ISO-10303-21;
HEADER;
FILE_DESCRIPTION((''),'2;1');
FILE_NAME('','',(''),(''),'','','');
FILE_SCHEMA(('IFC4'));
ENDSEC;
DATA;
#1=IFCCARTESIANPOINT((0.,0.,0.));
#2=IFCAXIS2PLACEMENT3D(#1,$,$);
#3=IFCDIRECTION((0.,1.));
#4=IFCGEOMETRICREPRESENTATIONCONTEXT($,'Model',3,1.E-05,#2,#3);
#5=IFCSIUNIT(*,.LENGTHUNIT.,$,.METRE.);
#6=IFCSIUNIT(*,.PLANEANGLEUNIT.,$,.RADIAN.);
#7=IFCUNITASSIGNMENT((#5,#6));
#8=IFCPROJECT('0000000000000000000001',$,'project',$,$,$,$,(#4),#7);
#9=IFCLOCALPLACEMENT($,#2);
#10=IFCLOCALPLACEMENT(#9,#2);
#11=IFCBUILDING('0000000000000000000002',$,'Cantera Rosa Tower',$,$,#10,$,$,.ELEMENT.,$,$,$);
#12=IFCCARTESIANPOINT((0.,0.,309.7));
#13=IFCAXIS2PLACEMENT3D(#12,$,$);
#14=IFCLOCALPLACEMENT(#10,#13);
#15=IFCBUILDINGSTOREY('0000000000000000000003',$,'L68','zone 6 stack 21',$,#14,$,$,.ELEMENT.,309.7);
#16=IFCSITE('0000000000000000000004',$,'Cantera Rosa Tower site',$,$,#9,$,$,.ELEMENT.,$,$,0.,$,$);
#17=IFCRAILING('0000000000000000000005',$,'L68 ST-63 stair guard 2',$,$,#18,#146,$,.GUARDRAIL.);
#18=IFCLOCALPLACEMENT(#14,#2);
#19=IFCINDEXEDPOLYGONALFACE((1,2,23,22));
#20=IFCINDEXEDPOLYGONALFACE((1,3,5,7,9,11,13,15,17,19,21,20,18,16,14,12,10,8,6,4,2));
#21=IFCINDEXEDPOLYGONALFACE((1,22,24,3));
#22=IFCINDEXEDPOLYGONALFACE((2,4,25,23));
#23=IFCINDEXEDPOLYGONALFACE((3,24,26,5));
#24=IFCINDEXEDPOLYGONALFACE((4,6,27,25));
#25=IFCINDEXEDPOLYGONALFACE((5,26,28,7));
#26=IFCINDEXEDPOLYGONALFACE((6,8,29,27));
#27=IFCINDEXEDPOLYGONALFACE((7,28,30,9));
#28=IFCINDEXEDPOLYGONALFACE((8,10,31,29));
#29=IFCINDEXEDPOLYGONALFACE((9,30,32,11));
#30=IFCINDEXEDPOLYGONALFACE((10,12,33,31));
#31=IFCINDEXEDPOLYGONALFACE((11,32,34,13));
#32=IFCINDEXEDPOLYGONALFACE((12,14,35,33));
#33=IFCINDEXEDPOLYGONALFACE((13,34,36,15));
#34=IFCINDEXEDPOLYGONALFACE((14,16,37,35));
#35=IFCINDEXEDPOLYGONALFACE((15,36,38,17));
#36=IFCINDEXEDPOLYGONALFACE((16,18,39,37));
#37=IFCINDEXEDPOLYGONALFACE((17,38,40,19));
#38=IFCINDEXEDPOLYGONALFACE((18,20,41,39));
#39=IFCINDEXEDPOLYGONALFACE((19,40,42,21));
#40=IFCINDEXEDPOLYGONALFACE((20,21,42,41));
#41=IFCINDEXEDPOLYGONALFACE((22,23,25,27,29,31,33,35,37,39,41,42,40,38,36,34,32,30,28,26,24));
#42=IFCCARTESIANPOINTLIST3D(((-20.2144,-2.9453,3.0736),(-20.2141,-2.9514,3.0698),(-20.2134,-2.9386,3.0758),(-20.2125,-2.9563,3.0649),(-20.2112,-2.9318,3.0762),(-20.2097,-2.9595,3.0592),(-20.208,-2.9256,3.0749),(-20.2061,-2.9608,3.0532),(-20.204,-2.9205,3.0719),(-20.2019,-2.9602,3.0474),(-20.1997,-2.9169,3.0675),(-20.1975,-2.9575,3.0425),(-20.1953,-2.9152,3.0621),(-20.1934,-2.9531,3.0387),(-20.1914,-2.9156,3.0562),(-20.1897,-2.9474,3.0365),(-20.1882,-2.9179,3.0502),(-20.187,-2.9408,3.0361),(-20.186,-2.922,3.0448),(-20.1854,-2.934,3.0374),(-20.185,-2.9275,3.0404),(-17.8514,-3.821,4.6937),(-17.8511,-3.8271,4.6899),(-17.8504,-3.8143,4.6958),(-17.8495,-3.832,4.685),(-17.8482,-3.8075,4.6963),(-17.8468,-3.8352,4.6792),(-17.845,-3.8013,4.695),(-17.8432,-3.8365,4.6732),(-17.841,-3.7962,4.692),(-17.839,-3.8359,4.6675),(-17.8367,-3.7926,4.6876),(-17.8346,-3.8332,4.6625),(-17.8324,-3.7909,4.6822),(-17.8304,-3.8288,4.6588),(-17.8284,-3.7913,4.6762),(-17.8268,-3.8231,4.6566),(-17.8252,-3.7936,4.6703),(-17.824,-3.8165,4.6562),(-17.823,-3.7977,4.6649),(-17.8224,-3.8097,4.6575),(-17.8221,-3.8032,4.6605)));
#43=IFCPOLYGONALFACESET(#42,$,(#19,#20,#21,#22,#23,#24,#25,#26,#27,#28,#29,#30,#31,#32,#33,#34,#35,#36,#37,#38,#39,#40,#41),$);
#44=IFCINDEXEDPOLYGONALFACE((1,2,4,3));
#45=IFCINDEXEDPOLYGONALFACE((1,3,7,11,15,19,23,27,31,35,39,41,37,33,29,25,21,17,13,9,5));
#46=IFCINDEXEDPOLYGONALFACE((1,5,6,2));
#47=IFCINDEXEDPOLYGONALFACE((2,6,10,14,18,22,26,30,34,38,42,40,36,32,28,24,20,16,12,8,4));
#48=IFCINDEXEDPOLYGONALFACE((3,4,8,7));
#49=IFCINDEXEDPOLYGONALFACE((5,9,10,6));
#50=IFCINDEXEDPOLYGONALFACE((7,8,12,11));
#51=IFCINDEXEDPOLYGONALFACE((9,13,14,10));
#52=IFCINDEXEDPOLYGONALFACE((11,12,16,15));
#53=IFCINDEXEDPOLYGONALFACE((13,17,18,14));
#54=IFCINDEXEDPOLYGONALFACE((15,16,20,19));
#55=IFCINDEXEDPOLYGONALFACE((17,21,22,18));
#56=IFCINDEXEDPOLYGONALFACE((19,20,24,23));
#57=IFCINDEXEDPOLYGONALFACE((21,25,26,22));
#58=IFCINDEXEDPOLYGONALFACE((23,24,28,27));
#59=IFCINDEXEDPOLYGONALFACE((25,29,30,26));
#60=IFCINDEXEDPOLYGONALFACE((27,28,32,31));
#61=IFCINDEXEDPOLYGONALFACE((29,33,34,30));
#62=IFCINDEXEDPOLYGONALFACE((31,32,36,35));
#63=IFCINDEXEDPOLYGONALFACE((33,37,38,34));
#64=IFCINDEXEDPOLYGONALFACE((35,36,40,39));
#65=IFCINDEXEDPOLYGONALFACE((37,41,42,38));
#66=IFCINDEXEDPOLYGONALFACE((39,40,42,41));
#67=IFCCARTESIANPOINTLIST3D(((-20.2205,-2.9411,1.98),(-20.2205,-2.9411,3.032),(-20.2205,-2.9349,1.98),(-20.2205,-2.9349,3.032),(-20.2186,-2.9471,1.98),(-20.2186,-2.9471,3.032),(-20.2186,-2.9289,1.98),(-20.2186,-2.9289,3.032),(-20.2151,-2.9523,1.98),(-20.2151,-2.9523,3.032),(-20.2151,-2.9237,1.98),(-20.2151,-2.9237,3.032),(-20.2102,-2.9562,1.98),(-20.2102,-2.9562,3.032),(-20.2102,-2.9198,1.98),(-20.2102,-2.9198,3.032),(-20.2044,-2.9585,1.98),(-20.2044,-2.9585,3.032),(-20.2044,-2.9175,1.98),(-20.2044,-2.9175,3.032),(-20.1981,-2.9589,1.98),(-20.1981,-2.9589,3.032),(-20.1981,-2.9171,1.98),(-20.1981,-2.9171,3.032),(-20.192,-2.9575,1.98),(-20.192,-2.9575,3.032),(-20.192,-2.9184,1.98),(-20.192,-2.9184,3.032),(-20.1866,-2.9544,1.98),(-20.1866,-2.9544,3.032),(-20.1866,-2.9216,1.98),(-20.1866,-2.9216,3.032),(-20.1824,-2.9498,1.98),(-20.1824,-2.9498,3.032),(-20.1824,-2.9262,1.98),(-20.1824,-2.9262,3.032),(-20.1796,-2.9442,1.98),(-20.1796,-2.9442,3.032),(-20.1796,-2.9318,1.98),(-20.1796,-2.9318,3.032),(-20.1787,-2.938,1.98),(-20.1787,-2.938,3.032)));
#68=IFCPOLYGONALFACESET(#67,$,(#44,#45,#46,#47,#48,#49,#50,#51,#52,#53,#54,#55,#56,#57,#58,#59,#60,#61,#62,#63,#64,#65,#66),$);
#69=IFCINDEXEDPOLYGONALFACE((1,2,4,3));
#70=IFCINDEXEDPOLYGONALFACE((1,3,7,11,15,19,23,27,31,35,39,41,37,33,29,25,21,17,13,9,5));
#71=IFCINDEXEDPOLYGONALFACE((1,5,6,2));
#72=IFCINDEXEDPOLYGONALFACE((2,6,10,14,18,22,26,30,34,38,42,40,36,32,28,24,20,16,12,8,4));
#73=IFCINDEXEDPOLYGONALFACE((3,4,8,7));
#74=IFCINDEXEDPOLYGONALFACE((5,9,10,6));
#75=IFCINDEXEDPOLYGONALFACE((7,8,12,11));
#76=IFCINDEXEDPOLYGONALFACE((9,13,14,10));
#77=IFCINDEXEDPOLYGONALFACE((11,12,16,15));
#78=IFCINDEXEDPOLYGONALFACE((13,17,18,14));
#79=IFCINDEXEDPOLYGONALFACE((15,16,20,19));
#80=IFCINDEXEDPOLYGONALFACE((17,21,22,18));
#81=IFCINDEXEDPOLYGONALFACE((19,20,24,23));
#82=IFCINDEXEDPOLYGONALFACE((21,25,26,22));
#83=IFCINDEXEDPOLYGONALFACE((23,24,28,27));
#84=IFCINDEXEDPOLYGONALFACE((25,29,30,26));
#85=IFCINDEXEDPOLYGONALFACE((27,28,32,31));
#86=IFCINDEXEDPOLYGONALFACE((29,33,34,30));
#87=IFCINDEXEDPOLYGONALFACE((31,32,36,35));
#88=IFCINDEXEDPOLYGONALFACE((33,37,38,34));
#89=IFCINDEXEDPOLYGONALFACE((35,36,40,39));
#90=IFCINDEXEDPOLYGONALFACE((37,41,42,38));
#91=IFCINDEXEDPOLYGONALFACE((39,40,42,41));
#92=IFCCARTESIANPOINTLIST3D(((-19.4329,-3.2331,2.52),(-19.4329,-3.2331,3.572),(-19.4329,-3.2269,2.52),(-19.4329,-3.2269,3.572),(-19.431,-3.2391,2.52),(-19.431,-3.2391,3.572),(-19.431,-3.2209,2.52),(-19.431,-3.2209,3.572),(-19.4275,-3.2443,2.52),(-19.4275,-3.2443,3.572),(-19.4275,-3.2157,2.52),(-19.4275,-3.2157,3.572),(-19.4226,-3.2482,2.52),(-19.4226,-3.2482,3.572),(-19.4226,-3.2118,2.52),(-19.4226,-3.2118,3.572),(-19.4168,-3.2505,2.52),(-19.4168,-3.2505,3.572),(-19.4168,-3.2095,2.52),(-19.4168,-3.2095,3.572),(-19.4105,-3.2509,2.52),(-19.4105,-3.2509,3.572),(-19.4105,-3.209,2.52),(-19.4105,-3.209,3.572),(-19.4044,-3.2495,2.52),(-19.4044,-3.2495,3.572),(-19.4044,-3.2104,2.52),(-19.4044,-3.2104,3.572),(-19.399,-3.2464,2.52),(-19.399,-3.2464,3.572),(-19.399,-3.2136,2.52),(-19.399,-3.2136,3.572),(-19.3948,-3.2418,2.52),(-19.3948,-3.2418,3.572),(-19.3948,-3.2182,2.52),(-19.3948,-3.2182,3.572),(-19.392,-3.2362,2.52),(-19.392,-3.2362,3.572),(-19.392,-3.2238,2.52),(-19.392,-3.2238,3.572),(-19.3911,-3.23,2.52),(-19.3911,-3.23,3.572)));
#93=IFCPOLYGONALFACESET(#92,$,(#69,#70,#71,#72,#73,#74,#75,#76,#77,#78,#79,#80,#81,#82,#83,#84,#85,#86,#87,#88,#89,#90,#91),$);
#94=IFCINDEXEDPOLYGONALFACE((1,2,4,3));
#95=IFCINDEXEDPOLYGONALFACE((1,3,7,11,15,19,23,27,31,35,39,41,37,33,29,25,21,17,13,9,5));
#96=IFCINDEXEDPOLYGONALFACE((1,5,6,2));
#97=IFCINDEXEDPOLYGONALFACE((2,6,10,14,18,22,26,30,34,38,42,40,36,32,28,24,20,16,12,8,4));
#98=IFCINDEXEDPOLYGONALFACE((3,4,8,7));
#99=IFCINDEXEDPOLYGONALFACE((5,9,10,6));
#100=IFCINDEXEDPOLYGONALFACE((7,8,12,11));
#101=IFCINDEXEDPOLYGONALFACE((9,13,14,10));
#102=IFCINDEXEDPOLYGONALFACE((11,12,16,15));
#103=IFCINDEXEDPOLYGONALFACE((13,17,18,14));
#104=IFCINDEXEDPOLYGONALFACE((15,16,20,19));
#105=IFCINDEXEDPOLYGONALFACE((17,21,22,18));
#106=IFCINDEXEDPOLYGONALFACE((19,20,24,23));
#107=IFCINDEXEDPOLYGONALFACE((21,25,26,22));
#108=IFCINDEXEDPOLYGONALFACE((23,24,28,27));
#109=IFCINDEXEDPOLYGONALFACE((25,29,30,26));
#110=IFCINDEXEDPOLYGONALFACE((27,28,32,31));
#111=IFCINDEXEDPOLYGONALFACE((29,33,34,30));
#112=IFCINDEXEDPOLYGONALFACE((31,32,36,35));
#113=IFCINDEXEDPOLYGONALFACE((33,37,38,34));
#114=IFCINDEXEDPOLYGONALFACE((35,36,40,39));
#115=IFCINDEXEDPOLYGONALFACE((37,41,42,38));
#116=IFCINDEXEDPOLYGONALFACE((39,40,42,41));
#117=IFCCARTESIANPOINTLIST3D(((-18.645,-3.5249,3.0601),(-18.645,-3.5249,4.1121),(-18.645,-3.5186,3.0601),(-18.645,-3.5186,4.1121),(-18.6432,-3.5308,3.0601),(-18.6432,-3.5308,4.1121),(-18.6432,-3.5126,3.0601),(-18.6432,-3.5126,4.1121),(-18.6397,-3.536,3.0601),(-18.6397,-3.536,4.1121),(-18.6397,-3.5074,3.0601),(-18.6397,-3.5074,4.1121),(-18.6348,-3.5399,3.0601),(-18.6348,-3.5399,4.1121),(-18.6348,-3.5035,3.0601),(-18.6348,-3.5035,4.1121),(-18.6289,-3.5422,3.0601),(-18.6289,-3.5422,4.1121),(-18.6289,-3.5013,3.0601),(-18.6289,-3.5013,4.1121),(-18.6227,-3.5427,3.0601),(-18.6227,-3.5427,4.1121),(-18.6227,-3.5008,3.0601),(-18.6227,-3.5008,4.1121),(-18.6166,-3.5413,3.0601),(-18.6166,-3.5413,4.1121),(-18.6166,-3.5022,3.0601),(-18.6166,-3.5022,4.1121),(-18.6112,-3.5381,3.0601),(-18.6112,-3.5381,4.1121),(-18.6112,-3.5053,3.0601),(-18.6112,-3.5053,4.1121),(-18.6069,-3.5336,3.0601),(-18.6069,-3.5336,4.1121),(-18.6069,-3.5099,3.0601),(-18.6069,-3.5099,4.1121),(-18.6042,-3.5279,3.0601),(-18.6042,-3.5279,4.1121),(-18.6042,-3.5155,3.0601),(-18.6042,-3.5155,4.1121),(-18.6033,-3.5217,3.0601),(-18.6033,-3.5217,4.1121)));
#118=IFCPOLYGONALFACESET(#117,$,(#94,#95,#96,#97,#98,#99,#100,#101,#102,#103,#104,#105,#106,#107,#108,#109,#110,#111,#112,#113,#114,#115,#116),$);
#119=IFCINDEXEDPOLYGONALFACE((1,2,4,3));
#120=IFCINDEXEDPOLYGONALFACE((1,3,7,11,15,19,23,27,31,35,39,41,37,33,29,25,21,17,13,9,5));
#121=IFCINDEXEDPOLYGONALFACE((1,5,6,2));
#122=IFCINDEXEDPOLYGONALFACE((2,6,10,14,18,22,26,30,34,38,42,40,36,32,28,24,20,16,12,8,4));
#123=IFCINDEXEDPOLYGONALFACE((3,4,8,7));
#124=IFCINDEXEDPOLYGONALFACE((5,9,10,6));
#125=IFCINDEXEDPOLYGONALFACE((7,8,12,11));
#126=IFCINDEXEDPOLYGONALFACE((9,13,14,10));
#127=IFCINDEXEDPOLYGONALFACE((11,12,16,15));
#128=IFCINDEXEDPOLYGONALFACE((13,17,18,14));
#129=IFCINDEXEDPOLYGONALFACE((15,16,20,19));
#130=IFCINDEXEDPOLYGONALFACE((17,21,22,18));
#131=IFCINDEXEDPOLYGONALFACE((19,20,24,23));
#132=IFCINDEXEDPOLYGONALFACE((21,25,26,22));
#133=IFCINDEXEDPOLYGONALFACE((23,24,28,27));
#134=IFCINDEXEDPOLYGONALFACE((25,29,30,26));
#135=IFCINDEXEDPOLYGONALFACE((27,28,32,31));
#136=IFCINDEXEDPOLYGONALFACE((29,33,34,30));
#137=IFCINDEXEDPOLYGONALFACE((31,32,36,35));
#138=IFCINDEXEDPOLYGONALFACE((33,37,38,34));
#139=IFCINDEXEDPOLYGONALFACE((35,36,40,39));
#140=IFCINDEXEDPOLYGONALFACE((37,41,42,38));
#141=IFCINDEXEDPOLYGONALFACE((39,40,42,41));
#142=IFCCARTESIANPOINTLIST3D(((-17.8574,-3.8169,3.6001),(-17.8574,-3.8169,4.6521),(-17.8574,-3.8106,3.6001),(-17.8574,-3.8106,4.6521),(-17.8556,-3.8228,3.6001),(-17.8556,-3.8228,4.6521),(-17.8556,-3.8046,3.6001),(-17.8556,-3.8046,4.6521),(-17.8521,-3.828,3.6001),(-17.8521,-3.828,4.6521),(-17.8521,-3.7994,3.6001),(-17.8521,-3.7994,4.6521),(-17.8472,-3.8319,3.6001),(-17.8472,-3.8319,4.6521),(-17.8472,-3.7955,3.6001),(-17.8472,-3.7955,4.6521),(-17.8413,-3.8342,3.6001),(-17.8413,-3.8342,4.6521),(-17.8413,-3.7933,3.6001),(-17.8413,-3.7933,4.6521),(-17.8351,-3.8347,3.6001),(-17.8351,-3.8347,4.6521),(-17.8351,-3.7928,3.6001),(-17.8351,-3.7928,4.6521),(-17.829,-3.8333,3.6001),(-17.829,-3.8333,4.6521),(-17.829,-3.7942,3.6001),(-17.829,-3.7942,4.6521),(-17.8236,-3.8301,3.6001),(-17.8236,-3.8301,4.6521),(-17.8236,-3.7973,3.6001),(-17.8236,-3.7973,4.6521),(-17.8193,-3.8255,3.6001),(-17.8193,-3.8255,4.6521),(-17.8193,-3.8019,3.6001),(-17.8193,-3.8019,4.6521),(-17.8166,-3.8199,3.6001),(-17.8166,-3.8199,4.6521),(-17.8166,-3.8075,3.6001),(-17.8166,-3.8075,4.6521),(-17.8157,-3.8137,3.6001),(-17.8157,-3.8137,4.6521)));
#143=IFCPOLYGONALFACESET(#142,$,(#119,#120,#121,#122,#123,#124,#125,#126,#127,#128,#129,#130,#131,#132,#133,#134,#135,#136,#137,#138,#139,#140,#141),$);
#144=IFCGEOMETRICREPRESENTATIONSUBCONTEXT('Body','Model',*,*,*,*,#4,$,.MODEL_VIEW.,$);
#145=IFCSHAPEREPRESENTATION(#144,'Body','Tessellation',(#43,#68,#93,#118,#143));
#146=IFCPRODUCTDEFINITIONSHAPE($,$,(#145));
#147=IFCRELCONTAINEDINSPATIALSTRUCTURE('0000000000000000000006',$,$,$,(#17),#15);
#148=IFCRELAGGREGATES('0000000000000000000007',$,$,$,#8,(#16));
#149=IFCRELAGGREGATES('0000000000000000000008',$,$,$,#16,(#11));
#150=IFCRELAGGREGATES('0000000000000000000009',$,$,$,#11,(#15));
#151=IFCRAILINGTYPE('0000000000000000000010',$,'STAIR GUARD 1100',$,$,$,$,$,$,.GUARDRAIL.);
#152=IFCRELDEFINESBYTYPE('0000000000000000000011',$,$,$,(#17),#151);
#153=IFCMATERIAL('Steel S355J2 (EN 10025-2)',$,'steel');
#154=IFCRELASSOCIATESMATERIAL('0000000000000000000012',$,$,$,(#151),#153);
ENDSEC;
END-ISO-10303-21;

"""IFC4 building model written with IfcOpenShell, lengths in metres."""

from ifc_helpers import new_model, si_unit, direction, frame, origin, origin_2d, place, context, subcontext, project, spatial, circle, extrude, material, type_object, element, save


model = new_model("IFC4")

# Units and contexts
model_context = context("Model", 3, precision=1e-05, world=origin(), true_north=direction((0.0, 1.0)))
body_context = subcontext(model_context, "Body", "Model", "MODEL_VIEW")
ifc_project = project(units=[si_unit("LENGTHUNIT", "METRE"), si_unit("PLANEANGLEUNIT", "RADIAN")], contexts=[model_context])

# Site, building, storey
site_placement = place(None, origin())
site = spatial("IfcSite", under=ifc_project, at=site_placement, Name="Cantera Rosa Tower site", CompositionType="ELEMENT", RefElevation=0.0)
building_placement = place(site_placement, origin())
building = spatial("IfcBuilding", under=site, at=building_placement, Name="Cantera Rosa Tower", CompositionType="ELEMENT")
storey_placement = place(building_placement, frame((0.0, 0.0, 309.7)))
storey = spatial("IfcBuildingStorey", under=building, at=storey_placement, Name="L68", Description="zone 6 stack 21", CompositionType="ELEMENT", Elevation=309.7)

# Railing
ifc_material_1 = material(Name="Steel S355J2 (EN 10025-2)", Category="steel")
railing_type_1 = type_object("IfcRailingType", Name="STAIR GUARD 1100", PredefinedType="GUARDRAIL", material=ifc_material_1)
railing_1_placement = place(storey_placement, frame((-20.1997, -2.938, 1.98)))
element("IfcRailing", 1, at=railing_1_placement, inside=storey, type_object=railing_type_1, Name="L68 ST-63 stair guard 2", PredefinedType="GUARDRAIL", context=body_context, shape_type="SweptSolid", body=[
    extrude(circle(Radius=0.0239, at=origin_2d()), frame((0.0, 0.0, 1.0762), z_axis=(0.788748, -0.292307, 0.540772), x_axis=(0.347501, 0.93768, 0.0)), (0.0, 0.0, 1.0), 2.9958),
    extrude(circle(Radius=0.021, at=origin_2d()), origin(), (0.0, 0.0, 1.0), 1.052),
    extrude(circle(Radius=0.021, at=origin_2d()), frame((0.7876, -0.292, 0.54)), (0.0, 0.0, 1.0), 1.052),
    extrude(circle(Radius=0.021, at=origin_2d()), frame((1.5754, -0.5837, 1.0801)), (0.0, 0.0, 1.0), 1.052),
    extrude(circle(Radius=0.021, at=origin_2d()), frame((2.363, -0.8757, 1.6201)), (0.0, 0.0, 1.0), 1.052),
])

save(model, "model.ifc")
